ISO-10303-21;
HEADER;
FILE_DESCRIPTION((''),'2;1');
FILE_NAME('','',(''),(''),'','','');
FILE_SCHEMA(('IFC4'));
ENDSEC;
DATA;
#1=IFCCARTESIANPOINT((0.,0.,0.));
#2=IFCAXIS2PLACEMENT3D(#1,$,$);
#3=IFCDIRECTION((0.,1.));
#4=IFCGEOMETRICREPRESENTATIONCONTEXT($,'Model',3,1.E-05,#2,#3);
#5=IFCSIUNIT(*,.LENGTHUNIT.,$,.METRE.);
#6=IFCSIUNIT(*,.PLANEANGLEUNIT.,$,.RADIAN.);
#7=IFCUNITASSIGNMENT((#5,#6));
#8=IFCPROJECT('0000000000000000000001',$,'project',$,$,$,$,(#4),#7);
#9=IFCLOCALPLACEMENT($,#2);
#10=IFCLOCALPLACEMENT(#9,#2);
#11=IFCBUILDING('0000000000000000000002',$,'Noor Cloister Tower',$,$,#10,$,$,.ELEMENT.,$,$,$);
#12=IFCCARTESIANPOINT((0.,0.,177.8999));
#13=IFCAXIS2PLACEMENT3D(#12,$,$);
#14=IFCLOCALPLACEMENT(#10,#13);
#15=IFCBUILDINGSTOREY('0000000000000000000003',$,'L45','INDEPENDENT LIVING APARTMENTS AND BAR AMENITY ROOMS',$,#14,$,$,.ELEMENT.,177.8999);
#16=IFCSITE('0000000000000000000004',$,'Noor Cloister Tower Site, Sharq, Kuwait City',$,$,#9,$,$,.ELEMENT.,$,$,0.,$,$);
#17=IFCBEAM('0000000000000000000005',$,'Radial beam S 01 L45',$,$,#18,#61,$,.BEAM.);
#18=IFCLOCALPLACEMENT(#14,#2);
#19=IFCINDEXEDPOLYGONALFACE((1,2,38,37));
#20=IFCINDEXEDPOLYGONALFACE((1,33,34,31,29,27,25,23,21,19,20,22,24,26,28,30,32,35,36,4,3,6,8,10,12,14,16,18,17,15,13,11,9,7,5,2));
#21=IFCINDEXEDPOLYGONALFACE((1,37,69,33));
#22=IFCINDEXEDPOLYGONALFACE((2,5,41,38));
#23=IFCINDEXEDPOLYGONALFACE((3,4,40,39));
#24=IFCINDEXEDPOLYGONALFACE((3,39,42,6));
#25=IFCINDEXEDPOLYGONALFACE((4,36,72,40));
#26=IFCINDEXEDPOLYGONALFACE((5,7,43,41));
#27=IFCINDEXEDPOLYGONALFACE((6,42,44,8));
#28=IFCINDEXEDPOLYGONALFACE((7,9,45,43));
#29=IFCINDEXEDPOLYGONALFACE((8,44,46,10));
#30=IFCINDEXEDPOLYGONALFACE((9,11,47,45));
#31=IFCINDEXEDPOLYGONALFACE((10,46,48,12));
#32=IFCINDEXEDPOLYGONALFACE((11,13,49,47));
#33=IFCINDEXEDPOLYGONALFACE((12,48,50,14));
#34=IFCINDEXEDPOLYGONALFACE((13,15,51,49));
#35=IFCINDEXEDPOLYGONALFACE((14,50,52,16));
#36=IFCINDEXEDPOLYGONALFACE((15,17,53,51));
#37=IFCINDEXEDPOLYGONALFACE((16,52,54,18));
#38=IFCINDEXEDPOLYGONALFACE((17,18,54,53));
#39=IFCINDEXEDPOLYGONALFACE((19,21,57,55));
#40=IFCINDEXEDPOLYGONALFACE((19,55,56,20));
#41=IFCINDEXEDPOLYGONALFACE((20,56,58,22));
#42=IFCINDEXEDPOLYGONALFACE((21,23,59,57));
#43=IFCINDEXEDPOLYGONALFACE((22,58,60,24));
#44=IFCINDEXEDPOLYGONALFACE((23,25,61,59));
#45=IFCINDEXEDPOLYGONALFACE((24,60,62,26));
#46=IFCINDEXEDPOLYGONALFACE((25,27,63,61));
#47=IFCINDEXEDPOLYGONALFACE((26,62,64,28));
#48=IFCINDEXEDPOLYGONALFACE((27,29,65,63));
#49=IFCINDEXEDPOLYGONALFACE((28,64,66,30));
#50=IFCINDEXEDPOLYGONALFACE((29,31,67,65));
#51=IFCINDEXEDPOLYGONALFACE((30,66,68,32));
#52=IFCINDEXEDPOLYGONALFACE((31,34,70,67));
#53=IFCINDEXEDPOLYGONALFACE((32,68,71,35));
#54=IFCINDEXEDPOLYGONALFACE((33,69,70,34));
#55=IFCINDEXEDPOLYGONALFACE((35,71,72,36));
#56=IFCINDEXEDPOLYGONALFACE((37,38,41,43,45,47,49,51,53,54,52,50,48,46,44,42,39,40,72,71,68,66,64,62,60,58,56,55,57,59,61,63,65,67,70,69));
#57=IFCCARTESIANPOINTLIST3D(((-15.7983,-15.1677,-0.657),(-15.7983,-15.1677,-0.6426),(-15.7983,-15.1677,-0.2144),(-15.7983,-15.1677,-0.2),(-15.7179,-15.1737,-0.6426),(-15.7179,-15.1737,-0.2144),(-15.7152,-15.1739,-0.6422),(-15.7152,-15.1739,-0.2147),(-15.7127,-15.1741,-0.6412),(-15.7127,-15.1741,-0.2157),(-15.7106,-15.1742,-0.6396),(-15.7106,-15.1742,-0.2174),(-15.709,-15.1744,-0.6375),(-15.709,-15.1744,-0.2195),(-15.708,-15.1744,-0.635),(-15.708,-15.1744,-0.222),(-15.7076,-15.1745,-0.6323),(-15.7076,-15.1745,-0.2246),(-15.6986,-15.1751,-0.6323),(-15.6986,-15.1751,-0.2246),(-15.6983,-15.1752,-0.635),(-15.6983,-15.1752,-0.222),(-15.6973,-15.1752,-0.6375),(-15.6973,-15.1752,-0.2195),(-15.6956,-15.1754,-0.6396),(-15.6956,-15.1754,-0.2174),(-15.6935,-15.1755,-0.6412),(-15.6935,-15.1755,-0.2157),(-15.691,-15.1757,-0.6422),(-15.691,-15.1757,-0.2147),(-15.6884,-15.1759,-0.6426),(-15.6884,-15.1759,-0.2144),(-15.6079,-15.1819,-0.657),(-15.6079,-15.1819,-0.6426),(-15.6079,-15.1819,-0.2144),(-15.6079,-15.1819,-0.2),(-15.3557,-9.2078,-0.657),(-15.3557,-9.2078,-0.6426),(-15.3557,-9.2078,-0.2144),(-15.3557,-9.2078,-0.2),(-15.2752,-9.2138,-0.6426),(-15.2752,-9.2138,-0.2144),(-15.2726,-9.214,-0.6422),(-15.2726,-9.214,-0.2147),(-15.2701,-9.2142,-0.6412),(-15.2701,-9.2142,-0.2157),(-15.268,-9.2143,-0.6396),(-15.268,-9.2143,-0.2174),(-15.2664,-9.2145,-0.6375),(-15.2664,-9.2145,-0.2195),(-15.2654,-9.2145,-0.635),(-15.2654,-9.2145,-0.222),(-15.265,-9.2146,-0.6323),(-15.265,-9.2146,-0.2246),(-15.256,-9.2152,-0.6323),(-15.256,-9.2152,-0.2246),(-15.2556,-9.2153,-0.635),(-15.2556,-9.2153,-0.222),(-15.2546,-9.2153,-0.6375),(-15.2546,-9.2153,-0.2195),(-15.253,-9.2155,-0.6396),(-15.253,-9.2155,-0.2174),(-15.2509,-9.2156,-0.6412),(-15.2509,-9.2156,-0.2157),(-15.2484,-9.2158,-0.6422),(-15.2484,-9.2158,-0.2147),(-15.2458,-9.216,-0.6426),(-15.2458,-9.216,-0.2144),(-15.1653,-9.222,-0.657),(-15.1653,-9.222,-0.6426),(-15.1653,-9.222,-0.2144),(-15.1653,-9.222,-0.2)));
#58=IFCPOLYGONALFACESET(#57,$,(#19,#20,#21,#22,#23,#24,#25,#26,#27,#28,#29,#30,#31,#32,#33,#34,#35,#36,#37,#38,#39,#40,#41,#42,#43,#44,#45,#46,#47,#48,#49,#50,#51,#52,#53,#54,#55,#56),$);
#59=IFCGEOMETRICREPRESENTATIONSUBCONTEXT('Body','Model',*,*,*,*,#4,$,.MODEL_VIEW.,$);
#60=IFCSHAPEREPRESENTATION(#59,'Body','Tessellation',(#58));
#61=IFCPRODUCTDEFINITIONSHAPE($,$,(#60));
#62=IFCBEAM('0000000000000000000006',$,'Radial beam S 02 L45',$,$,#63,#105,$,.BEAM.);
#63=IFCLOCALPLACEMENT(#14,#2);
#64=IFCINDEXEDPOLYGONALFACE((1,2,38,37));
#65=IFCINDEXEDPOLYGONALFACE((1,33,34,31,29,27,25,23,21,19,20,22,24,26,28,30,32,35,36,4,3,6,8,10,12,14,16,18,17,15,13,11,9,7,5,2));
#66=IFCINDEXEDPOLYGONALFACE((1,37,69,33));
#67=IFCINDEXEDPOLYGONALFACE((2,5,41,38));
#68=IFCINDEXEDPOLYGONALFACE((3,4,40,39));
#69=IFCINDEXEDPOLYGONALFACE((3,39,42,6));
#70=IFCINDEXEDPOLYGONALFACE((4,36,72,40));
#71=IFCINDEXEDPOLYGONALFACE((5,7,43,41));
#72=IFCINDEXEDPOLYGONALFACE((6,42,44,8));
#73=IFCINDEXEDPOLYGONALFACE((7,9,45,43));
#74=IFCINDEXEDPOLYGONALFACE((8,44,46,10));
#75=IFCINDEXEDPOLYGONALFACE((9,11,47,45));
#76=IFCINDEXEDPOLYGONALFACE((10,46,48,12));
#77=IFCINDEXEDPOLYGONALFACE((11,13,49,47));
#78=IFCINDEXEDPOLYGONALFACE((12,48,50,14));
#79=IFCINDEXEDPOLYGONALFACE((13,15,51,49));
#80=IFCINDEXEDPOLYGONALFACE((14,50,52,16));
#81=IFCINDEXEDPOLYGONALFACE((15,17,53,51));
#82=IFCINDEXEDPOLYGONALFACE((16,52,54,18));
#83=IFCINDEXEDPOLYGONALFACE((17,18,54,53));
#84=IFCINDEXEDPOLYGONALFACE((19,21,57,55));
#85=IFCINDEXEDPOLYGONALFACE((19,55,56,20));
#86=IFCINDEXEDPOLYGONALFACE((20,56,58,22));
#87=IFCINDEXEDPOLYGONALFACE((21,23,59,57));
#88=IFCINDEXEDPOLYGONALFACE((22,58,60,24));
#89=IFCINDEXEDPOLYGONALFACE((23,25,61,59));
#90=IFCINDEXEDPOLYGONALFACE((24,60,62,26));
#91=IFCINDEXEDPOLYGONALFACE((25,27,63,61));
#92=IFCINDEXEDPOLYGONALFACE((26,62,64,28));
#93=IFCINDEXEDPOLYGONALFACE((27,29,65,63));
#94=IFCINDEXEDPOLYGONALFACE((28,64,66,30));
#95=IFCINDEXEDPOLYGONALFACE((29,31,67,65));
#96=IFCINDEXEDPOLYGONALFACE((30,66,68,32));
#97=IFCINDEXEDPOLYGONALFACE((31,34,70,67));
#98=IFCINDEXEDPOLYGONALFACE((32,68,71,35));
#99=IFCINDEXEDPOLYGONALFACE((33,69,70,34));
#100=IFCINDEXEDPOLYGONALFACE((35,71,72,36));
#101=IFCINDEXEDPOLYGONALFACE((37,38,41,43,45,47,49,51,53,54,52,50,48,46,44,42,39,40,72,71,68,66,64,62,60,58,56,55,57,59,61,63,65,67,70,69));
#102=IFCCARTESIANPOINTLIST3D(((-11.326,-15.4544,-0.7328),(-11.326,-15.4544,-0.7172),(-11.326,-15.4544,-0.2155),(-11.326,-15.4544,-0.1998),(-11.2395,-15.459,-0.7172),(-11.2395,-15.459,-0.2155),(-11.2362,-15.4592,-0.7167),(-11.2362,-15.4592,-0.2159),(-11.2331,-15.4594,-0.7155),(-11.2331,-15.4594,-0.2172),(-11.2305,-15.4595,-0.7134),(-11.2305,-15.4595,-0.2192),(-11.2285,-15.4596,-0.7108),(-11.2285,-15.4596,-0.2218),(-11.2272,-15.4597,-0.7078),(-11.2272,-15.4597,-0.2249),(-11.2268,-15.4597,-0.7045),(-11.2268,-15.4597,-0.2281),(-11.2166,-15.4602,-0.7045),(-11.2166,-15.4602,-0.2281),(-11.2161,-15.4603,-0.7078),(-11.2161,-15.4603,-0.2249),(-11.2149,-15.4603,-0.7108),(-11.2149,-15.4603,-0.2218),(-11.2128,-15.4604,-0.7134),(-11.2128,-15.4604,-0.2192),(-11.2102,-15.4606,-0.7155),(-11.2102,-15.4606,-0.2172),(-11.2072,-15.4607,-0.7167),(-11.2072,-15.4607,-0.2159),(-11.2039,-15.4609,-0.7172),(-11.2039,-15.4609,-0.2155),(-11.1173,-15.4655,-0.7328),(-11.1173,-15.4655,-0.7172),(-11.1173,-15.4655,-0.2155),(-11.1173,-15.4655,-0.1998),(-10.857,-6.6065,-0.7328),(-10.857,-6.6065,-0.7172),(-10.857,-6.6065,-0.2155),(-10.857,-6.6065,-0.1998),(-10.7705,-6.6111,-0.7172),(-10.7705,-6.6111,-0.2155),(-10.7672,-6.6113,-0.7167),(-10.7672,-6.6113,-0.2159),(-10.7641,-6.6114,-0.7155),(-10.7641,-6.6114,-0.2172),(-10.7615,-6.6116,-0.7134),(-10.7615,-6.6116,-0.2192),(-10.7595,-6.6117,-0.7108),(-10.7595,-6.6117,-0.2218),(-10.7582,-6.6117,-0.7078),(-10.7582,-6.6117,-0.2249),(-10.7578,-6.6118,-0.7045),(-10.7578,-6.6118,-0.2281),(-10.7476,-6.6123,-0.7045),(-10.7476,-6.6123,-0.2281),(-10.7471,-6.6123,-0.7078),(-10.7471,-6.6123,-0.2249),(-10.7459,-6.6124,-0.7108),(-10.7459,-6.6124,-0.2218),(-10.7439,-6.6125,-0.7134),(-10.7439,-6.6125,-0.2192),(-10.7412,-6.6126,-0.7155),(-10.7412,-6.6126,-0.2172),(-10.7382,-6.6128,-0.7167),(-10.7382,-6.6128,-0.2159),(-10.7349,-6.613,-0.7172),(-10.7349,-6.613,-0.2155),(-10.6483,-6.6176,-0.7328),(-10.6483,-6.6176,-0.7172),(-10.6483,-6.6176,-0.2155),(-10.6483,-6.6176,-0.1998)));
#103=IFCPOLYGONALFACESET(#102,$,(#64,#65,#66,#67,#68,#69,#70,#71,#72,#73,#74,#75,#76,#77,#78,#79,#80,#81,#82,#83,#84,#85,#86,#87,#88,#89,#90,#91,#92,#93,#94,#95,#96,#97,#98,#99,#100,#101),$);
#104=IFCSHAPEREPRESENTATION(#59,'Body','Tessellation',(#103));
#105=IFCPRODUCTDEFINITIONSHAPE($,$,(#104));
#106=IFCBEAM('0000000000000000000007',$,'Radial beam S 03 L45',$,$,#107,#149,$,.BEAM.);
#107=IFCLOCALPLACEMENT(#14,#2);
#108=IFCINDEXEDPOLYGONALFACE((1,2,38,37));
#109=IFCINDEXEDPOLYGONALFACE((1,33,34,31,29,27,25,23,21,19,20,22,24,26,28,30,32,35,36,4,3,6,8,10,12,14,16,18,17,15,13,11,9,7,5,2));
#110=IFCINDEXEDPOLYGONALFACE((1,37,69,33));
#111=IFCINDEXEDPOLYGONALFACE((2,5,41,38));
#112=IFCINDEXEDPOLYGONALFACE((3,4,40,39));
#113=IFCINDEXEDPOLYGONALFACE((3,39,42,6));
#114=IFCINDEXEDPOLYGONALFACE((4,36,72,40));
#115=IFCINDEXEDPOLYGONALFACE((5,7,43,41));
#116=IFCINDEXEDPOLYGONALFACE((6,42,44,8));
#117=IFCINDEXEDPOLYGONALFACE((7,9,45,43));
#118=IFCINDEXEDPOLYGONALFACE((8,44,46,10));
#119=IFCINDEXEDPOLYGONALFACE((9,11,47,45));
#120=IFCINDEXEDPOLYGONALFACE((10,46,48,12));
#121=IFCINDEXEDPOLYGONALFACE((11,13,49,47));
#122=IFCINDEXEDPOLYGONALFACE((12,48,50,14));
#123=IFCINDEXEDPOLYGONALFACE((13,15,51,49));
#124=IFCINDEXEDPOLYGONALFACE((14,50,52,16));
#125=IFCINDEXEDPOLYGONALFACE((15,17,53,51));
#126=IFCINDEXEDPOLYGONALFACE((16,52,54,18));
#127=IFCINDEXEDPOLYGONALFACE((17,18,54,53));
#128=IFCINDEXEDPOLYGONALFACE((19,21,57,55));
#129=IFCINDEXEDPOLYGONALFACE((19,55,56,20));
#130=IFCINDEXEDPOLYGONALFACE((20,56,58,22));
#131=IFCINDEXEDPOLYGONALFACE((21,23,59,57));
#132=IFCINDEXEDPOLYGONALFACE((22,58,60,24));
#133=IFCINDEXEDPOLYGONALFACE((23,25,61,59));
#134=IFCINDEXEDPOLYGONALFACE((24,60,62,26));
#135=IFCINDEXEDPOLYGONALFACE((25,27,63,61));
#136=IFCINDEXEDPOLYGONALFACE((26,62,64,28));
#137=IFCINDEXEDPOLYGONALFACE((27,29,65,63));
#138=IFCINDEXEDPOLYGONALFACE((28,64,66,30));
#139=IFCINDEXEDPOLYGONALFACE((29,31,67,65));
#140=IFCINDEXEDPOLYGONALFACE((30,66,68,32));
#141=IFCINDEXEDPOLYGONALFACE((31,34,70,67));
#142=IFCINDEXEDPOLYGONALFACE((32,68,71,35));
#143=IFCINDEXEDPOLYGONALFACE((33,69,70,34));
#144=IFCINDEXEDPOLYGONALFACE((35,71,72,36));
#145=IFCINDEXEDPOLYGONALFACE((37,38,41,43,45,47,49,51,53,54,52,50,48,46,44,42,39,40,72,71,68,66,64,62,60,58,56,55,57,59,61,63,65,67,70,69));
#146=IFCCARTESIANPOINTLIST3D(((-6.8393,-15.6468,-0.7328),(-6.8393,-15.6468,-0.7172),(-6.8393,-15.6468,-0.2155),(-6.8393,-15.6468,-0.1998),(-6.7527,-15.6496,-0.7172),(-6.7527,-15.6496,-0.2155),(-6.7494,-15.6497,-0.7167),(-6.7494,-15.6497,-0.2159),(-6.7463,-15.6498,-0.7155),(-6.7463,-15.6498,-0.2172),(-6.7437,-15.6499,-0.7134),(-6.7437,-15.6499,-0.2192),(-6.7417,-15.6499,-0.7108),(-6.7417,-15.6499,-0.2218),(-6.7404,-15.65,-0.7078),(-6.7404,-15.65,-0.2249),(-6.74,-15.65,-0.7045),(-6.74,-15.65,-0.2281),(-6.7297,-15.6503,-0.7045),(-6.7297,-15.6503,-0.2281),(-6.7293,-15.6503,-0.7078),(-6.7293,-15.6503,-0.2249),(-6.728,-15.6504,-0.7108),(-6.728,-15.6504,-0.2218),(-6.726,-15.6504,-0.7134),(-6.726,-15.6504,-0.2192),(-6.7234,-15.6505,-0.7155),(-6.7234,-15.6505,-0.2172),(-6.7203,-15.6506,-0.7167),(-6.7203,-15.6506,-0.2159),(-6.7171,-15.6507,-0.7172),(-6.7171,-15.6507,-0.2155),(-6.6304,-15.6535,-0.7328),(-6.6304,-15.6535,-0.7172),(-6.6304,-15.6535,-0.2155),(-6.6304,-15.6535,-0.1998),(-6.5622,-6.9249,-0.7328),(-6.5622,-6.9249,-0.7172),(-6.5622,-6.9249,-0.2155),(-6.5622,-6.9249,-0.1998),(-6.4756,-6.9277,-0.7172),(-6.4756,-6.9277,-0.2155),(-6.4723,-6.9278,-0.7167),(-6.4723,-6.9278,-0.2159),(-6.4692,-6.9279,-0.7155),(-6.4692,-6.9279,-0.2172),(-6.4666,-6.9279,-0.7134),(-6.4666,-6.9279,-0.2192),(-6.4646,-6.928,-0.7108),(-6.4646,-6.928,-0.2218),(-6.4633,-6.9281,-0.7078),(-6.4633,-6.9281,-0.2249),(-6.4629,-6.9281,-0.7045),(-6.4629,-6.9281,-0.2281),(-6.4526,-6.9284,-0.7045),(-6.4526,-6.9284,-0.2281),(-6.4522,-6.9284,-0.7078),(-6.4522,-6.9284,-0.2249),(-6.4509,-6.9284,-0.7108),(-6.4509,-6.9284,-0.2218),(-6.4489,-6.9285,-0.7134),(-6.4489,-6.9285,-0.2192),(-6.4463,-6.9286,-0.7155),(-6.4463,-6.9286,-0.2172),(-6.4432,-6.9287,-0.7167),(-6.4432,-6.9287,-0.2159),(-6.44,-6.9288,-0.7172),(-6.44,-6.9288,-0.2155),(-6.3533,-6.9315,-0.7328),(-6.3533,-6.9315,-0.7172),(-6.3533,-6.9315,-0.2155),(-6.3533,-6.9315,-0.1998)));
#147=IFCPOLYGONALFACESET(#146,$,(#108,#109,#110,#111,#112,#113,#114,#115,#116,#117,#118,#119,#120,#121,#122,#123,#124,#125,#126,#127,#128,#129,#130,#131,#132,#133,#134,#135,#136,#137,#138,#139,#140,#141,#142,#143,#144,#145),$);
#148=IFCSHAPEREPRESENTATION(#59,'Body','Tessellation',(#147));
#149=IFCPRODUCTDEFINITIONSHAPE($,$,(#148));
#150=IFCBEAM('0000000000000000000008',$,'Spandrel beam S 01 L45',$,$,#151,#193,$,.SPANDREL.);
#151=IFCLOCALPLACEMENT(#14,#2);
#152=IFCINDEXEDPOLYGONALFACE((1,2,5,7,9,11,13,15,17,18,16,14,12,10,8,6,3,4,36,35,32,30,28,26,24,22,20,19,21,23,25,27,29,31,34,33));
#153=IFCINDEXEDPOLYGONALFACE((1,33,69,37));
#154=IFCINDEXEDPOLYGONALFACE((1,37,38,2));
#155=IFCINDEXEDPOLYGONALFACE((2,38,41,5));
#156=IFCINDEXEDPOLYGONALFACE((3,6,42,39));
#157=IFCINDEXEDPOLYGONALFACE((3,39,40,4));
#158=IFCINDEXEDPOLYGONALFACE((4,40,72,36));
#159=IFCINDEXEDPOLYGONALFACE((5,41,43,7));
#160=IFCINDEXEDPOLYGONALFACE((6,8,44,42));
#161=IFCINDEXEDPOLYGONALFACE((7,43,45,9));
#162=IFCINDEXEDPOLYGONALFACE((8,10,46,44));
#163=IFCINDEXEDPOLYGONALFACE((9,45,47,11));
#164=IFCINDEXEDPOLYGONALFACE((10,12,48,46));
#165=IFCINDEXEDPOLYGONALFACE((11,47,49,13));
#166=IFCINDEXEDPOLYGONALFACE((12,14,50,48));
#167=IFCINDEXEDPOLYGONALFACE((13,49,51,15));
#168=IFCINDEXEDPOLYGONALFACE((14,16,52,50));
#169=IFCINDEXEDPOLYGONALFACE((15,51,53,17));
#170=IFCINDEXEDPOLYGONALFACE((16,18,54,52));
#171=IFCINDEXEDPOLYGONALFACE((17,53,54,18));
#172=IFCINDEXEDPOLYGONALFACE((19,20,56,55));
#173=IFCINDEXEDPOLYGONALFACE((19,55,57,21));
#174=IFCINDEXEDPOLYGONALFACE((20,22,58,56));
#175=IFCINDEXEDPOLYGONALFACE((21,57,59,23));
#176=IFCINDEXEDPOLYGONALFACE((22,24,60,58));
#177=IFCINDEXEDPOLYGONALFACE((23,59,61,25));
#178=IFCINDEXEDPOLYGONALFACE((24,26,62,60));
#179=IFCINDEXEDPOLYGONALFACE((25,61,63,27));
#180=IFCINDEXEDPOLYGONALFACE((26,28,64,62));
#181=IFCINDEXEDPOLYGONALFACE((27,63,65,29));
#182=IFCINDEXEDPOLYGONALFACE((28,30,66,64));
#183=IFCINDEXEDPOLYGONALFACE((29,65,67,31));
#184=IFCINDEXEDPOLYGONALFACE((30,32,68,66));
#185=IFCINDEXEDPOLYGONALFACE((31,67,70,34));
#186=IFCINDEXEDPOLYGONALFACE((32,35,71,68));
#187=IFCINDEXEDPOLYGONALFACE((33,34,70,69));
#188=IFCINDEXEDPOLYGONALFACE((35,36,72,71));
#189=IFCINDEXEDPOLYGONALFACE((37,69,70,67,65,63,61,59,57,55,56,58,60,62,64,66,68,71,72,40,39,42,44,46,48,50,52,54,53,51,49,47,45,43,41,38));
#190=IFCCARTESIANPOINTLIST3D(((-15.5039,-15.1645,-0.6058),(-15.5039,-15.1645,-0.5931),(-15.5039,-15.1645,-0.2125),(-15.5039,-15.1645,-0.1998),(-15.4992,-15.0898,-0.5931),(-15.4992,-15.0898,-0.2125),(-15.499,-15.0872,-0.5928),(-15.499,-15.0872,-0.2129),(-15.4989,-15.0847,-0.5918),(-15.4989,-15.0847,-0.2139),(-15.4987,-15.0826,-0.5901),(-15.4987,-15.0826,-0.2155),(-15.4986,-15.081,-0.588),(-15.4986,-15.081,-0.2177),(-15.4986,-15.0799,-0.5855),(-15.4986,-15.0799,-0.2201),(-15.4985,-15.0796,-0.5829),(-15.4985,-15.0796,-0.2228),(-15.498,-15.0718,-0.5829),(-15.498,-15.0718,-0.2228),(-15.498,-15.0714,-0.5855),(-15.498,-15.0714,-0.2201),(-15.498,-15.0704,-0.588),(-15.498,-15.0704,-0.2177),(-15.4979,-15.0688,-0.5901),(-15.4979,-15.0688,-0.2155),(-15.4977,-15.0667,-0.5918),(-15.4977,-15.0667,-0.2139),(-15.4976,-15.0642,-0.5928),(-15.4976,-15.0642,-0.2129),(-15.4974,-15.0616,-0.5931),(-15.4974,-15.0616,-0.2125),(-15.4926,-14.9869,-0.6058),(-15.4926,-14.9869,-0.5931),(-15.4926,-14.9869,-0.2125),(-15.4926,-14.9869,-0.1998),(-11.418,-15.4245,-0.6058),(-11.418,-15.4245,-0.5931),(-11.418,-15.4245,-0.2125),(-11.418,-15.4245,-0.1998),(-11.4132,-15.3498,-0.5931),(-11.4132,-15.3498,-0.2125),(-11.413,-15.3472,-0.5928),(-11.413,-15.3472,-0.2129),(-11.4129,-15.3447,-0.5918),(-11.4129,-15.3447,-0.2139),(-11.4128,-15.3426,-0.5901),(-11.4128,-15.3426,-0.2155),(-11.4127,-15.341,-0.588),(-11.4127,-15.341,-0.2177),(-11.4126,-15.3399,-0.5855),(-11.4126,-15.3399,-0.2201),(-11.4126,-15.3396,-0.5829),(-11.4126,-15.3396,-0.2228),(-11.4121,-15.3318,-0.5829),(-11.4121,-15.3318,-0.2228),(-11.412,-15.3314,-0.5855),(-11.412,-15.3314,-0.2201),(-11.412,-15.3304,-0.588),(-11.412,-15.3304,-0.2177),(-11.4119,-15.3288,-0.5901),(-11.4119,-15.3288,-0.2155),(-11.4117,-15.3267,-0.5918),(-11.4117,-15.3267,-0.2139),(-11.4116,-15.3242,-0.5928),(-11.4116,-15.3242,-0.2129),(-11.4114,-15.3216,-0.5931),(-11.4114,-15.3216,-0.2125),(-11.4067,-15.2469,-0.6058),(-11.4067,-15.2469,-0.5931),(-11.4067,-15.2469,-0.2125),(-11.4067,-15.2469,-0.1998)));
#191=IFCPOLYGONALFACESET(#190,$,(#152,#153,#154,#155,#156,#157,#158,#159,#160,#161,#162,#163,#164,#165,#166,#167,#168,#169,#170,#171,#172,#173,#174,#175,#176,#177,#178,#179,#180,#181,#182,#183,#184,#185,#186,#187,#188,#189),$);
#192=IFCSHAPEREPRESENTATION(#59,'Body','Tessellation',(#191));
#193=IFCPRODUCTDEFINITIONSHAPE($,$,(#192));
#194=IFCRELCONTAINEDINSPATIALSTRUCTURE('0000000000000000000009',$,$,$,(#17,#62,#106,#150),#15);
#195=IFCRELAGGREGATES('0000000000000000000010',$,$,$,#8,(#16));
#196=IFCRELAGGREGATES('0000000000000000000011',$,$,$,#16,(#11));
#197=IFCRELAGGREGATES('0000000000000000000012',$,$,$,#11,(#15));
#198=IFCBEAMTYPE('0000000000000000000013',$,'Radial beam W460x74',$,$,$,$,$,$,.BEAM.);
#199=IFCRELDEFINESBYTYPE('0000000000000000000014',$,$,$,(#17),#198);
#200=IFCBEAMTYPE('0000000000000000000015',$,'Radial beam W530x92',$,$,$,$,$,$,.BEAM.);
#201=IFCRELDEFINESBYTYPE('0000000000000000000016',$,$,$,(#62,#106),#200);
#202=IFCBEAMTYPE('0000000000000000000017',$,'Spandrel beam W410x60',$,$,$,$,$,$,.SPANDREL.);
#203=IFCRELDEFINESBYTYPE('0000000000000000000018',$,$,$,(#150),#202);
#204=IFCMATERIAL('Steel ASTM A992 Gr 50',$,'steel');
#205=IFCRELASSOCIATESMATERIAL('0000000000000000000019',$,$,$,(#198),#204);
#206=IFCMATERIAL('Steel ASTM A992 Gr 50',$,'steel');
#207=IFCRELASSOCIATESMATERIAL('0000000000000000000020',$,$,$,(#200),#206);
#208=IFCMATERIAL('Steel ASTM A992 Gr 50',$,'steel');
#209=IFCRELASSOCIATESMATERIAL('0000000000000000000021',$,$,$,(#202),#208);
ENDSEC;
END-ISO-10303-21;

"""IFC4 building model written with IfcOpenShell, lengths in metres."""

from ifc_helpers import new_model, si_unit, direction, frame, origin, origin_2d, place, context, subcontext, project, spatial, i_section, extrude, material, material_profile, profile_set, type_object, element, save


model = new_model("IFC4")

# Units and contexts
model_context = context("Model", 3, precision=1e-05, world=origin(), true_north=direction((0.0, 1.0)))
body_context = subcontext(model_context, "Body", "Model", "MODEL_VIEW")
ifc_project = project(units=[si_unit("LENGTHUNIT", "METRE"), si_unit("PLANEANGLEUNIT", "RADIAN")], contexts=[model_context])

# Site, building, storey
site_placement = place(None, origin())
site = spatial("IfcSite", under=ifc_project, at=site_placement, Name="Noor Cloister Tower Site, Sharq, Kuwait City", CompositionType="ELEMENT", RefElevation=0.0)
building_placement = place(site_placement, origin())
building = spatial("IfcBuilding", under=site, at=building_placement, Name="Noor Cloister Tower", CompositionType="ELEMENT")
storey_placement = place(building_placement, frame((0.0, 0.0, 177.8999)))
storey = spatial("IfcBuildingStorey", under=building, at=storey_placement, Name="L45", Description="INDEPENDENT LIVING APARTMENTS AND BAR AMENITY ROOMS", CompositionType="ELEMENT", Elevation=177.8999)

# Beams
ifc_material_1 = material(Name="Steel ASTM A992 Gr 50", Category="steel")
ifc_material_profile_1 = material_profile(ifc_material_1, i_section(OverallWidth=0.1909, OverallDepth=0.457, WebThickness=0.009, FlangeThickness=0.0144, FilletRadius=0.0103, at=origin_2d()), Name="W460x74")
ifc_profile_set_1 = profile_set([ifc_material_profile_1], Name="Steel ASTM A992 Gr 50")
beam_type_1 = type_object("IfcBeamType", Name="Radial beam W460x74", PredefinedType="BEAM", material=ifc_profile_set_1)
beam_1_placement = place(storey_placement, frame((-15.7031, -15.1748, -0.4285), z_axis=(0.074063, 0.997254, 0.0), x_axis=(-0.997254, 0.074063, 0.0)))
element("IfcBeam", 1, at=beam_1_placement, inside=storey, type_object=beam_type_1, Name="Radial beam S 01 L45", PredefinedType="BEAM", context=body_context, shape_type="SweptSolid", body=[
    extrude(i_section(OverallWidth=0.1909, OverallDepth=0.457, WebThickness=0.009, FlangeThickness=0.0144, FilletRadius=0.0103, at=origin_2d()), origin(), (0.0, 0.0, 1.0), 5.9763),
])
ifc_material_2 = material(Name="Steel ASTM A992 Gr 50", Category="steel")
ifc_material_profile_2 = material_profile(ifc_material_2, i_section(OverallWidth=0.209, OverallDepth=0.533, WebThickness=0.0103, FlangeThickness=0.0156, FilletRadius=0.0127, at=origin_2d()), Name="W530x92")
ifc_profile_set_2 = profile_set([ifc_material_profile_2], Name="Steel ASTM A992 Gr 50")
beam_type_2 = type_object("IfcBeamType", Name="Radial beam W530x92", PredefinedType="BEAM", material=ifc_profile_set_2)
beam_2_placement = place(storey_placement, frame((-11.2217, -15.46, -0.4663), z_axis=(0.052932, 0.998598, 0.0), x_axis=(-0.998598, 0.052932, 0.0)))
element("IfcBeam", 2, at=beam_2_placement, inside=storey, type_object=beam_type_2, Name="Radial beam S 02 L45", PredefinedType="BEAM", context=body_context, shape_type="SweptSolid", body=[
    extrude(i_section(OverallWidth=0.209, OverallDepth=0.533, WebThickness=0.0103, FlangeThickness=0.0156, FilletRadius=0.0127, at=origin_2d()), origin(), (0.0, 0.0, 1.0), 8.8604),
])
beam_3_placement = place(storey_placement, frame((-6.7349, -15.6501, -0.4663), z_axis=(0.031754, 0.999496, 0.0), x_axis=(-0.999496, 0.031754, 0.0)))
element("IfcBeam", 3, at=beam_3_placement, inside=storey, type_object=beam_type_2, Name="Radial beam S 03 L45", PredefinedType="BEAM", context=body_context, shape_type="SweptSolid", body=[
    extrude(i_section(OverallWidth=0.209, OverallDepth=0.533, WebThickness=0.0103, FlangeThickness=0.0156, FilletRadius=0.0127, at=origin_2d()), origin(), (0.0, 0.0, 1.0), 8.7263),
])
ifc_material_3 = material(Name="Steel ASTM A992 Gr 50", Category="steel")
ifc_material_profile_3 = material_profile(ifc_material_3, i_section(OverallWidth=0.178, OverallDepth=0.406, WebThickness=0.0078, FlangeThickness=0.0127, FilletRadius=0.0103, at=origin_2d()), Name="W410x60")
ifc_profile_set_3 = profile_set([ifc_material_profile_3], Name="Steel ASTM A992 Gr 50")
beam_type_3 = type_object("IfcBeamType", Name="Spandrel beam W410x60", PredefinedType="SPANDREL", material=ifc_profile_set_3)
for number, where, z_axis, x_axis, name in (
    (4, (-15.4983, -15.0757, -0.4028), (0.997981, -0.063507, 0.0), (0.063507, 0.997981, 0.0), "Spandrel beam S 01 L45"),
):
    element("IfcBeam", number, at=place(storey_placement, frame(where, z_axis=z_axis, x_axis=x_axis)), inside=storey, type_object=beam_type_3, Name=name, PredefinedType="SPANDREL", context=body_context, shape_type="SweptSolid", body=[
        extrude(i_section(OverallWidth=0.178, OverallDepth=0.406, WebThickness=0.0078, FlangeThickness=0.0127, FilletRadius=0.0103, at=origin_2d()), origin(), (0.0, 0.0, 1.0), 4.0942),
    ])

save(model, "model.ifc")
